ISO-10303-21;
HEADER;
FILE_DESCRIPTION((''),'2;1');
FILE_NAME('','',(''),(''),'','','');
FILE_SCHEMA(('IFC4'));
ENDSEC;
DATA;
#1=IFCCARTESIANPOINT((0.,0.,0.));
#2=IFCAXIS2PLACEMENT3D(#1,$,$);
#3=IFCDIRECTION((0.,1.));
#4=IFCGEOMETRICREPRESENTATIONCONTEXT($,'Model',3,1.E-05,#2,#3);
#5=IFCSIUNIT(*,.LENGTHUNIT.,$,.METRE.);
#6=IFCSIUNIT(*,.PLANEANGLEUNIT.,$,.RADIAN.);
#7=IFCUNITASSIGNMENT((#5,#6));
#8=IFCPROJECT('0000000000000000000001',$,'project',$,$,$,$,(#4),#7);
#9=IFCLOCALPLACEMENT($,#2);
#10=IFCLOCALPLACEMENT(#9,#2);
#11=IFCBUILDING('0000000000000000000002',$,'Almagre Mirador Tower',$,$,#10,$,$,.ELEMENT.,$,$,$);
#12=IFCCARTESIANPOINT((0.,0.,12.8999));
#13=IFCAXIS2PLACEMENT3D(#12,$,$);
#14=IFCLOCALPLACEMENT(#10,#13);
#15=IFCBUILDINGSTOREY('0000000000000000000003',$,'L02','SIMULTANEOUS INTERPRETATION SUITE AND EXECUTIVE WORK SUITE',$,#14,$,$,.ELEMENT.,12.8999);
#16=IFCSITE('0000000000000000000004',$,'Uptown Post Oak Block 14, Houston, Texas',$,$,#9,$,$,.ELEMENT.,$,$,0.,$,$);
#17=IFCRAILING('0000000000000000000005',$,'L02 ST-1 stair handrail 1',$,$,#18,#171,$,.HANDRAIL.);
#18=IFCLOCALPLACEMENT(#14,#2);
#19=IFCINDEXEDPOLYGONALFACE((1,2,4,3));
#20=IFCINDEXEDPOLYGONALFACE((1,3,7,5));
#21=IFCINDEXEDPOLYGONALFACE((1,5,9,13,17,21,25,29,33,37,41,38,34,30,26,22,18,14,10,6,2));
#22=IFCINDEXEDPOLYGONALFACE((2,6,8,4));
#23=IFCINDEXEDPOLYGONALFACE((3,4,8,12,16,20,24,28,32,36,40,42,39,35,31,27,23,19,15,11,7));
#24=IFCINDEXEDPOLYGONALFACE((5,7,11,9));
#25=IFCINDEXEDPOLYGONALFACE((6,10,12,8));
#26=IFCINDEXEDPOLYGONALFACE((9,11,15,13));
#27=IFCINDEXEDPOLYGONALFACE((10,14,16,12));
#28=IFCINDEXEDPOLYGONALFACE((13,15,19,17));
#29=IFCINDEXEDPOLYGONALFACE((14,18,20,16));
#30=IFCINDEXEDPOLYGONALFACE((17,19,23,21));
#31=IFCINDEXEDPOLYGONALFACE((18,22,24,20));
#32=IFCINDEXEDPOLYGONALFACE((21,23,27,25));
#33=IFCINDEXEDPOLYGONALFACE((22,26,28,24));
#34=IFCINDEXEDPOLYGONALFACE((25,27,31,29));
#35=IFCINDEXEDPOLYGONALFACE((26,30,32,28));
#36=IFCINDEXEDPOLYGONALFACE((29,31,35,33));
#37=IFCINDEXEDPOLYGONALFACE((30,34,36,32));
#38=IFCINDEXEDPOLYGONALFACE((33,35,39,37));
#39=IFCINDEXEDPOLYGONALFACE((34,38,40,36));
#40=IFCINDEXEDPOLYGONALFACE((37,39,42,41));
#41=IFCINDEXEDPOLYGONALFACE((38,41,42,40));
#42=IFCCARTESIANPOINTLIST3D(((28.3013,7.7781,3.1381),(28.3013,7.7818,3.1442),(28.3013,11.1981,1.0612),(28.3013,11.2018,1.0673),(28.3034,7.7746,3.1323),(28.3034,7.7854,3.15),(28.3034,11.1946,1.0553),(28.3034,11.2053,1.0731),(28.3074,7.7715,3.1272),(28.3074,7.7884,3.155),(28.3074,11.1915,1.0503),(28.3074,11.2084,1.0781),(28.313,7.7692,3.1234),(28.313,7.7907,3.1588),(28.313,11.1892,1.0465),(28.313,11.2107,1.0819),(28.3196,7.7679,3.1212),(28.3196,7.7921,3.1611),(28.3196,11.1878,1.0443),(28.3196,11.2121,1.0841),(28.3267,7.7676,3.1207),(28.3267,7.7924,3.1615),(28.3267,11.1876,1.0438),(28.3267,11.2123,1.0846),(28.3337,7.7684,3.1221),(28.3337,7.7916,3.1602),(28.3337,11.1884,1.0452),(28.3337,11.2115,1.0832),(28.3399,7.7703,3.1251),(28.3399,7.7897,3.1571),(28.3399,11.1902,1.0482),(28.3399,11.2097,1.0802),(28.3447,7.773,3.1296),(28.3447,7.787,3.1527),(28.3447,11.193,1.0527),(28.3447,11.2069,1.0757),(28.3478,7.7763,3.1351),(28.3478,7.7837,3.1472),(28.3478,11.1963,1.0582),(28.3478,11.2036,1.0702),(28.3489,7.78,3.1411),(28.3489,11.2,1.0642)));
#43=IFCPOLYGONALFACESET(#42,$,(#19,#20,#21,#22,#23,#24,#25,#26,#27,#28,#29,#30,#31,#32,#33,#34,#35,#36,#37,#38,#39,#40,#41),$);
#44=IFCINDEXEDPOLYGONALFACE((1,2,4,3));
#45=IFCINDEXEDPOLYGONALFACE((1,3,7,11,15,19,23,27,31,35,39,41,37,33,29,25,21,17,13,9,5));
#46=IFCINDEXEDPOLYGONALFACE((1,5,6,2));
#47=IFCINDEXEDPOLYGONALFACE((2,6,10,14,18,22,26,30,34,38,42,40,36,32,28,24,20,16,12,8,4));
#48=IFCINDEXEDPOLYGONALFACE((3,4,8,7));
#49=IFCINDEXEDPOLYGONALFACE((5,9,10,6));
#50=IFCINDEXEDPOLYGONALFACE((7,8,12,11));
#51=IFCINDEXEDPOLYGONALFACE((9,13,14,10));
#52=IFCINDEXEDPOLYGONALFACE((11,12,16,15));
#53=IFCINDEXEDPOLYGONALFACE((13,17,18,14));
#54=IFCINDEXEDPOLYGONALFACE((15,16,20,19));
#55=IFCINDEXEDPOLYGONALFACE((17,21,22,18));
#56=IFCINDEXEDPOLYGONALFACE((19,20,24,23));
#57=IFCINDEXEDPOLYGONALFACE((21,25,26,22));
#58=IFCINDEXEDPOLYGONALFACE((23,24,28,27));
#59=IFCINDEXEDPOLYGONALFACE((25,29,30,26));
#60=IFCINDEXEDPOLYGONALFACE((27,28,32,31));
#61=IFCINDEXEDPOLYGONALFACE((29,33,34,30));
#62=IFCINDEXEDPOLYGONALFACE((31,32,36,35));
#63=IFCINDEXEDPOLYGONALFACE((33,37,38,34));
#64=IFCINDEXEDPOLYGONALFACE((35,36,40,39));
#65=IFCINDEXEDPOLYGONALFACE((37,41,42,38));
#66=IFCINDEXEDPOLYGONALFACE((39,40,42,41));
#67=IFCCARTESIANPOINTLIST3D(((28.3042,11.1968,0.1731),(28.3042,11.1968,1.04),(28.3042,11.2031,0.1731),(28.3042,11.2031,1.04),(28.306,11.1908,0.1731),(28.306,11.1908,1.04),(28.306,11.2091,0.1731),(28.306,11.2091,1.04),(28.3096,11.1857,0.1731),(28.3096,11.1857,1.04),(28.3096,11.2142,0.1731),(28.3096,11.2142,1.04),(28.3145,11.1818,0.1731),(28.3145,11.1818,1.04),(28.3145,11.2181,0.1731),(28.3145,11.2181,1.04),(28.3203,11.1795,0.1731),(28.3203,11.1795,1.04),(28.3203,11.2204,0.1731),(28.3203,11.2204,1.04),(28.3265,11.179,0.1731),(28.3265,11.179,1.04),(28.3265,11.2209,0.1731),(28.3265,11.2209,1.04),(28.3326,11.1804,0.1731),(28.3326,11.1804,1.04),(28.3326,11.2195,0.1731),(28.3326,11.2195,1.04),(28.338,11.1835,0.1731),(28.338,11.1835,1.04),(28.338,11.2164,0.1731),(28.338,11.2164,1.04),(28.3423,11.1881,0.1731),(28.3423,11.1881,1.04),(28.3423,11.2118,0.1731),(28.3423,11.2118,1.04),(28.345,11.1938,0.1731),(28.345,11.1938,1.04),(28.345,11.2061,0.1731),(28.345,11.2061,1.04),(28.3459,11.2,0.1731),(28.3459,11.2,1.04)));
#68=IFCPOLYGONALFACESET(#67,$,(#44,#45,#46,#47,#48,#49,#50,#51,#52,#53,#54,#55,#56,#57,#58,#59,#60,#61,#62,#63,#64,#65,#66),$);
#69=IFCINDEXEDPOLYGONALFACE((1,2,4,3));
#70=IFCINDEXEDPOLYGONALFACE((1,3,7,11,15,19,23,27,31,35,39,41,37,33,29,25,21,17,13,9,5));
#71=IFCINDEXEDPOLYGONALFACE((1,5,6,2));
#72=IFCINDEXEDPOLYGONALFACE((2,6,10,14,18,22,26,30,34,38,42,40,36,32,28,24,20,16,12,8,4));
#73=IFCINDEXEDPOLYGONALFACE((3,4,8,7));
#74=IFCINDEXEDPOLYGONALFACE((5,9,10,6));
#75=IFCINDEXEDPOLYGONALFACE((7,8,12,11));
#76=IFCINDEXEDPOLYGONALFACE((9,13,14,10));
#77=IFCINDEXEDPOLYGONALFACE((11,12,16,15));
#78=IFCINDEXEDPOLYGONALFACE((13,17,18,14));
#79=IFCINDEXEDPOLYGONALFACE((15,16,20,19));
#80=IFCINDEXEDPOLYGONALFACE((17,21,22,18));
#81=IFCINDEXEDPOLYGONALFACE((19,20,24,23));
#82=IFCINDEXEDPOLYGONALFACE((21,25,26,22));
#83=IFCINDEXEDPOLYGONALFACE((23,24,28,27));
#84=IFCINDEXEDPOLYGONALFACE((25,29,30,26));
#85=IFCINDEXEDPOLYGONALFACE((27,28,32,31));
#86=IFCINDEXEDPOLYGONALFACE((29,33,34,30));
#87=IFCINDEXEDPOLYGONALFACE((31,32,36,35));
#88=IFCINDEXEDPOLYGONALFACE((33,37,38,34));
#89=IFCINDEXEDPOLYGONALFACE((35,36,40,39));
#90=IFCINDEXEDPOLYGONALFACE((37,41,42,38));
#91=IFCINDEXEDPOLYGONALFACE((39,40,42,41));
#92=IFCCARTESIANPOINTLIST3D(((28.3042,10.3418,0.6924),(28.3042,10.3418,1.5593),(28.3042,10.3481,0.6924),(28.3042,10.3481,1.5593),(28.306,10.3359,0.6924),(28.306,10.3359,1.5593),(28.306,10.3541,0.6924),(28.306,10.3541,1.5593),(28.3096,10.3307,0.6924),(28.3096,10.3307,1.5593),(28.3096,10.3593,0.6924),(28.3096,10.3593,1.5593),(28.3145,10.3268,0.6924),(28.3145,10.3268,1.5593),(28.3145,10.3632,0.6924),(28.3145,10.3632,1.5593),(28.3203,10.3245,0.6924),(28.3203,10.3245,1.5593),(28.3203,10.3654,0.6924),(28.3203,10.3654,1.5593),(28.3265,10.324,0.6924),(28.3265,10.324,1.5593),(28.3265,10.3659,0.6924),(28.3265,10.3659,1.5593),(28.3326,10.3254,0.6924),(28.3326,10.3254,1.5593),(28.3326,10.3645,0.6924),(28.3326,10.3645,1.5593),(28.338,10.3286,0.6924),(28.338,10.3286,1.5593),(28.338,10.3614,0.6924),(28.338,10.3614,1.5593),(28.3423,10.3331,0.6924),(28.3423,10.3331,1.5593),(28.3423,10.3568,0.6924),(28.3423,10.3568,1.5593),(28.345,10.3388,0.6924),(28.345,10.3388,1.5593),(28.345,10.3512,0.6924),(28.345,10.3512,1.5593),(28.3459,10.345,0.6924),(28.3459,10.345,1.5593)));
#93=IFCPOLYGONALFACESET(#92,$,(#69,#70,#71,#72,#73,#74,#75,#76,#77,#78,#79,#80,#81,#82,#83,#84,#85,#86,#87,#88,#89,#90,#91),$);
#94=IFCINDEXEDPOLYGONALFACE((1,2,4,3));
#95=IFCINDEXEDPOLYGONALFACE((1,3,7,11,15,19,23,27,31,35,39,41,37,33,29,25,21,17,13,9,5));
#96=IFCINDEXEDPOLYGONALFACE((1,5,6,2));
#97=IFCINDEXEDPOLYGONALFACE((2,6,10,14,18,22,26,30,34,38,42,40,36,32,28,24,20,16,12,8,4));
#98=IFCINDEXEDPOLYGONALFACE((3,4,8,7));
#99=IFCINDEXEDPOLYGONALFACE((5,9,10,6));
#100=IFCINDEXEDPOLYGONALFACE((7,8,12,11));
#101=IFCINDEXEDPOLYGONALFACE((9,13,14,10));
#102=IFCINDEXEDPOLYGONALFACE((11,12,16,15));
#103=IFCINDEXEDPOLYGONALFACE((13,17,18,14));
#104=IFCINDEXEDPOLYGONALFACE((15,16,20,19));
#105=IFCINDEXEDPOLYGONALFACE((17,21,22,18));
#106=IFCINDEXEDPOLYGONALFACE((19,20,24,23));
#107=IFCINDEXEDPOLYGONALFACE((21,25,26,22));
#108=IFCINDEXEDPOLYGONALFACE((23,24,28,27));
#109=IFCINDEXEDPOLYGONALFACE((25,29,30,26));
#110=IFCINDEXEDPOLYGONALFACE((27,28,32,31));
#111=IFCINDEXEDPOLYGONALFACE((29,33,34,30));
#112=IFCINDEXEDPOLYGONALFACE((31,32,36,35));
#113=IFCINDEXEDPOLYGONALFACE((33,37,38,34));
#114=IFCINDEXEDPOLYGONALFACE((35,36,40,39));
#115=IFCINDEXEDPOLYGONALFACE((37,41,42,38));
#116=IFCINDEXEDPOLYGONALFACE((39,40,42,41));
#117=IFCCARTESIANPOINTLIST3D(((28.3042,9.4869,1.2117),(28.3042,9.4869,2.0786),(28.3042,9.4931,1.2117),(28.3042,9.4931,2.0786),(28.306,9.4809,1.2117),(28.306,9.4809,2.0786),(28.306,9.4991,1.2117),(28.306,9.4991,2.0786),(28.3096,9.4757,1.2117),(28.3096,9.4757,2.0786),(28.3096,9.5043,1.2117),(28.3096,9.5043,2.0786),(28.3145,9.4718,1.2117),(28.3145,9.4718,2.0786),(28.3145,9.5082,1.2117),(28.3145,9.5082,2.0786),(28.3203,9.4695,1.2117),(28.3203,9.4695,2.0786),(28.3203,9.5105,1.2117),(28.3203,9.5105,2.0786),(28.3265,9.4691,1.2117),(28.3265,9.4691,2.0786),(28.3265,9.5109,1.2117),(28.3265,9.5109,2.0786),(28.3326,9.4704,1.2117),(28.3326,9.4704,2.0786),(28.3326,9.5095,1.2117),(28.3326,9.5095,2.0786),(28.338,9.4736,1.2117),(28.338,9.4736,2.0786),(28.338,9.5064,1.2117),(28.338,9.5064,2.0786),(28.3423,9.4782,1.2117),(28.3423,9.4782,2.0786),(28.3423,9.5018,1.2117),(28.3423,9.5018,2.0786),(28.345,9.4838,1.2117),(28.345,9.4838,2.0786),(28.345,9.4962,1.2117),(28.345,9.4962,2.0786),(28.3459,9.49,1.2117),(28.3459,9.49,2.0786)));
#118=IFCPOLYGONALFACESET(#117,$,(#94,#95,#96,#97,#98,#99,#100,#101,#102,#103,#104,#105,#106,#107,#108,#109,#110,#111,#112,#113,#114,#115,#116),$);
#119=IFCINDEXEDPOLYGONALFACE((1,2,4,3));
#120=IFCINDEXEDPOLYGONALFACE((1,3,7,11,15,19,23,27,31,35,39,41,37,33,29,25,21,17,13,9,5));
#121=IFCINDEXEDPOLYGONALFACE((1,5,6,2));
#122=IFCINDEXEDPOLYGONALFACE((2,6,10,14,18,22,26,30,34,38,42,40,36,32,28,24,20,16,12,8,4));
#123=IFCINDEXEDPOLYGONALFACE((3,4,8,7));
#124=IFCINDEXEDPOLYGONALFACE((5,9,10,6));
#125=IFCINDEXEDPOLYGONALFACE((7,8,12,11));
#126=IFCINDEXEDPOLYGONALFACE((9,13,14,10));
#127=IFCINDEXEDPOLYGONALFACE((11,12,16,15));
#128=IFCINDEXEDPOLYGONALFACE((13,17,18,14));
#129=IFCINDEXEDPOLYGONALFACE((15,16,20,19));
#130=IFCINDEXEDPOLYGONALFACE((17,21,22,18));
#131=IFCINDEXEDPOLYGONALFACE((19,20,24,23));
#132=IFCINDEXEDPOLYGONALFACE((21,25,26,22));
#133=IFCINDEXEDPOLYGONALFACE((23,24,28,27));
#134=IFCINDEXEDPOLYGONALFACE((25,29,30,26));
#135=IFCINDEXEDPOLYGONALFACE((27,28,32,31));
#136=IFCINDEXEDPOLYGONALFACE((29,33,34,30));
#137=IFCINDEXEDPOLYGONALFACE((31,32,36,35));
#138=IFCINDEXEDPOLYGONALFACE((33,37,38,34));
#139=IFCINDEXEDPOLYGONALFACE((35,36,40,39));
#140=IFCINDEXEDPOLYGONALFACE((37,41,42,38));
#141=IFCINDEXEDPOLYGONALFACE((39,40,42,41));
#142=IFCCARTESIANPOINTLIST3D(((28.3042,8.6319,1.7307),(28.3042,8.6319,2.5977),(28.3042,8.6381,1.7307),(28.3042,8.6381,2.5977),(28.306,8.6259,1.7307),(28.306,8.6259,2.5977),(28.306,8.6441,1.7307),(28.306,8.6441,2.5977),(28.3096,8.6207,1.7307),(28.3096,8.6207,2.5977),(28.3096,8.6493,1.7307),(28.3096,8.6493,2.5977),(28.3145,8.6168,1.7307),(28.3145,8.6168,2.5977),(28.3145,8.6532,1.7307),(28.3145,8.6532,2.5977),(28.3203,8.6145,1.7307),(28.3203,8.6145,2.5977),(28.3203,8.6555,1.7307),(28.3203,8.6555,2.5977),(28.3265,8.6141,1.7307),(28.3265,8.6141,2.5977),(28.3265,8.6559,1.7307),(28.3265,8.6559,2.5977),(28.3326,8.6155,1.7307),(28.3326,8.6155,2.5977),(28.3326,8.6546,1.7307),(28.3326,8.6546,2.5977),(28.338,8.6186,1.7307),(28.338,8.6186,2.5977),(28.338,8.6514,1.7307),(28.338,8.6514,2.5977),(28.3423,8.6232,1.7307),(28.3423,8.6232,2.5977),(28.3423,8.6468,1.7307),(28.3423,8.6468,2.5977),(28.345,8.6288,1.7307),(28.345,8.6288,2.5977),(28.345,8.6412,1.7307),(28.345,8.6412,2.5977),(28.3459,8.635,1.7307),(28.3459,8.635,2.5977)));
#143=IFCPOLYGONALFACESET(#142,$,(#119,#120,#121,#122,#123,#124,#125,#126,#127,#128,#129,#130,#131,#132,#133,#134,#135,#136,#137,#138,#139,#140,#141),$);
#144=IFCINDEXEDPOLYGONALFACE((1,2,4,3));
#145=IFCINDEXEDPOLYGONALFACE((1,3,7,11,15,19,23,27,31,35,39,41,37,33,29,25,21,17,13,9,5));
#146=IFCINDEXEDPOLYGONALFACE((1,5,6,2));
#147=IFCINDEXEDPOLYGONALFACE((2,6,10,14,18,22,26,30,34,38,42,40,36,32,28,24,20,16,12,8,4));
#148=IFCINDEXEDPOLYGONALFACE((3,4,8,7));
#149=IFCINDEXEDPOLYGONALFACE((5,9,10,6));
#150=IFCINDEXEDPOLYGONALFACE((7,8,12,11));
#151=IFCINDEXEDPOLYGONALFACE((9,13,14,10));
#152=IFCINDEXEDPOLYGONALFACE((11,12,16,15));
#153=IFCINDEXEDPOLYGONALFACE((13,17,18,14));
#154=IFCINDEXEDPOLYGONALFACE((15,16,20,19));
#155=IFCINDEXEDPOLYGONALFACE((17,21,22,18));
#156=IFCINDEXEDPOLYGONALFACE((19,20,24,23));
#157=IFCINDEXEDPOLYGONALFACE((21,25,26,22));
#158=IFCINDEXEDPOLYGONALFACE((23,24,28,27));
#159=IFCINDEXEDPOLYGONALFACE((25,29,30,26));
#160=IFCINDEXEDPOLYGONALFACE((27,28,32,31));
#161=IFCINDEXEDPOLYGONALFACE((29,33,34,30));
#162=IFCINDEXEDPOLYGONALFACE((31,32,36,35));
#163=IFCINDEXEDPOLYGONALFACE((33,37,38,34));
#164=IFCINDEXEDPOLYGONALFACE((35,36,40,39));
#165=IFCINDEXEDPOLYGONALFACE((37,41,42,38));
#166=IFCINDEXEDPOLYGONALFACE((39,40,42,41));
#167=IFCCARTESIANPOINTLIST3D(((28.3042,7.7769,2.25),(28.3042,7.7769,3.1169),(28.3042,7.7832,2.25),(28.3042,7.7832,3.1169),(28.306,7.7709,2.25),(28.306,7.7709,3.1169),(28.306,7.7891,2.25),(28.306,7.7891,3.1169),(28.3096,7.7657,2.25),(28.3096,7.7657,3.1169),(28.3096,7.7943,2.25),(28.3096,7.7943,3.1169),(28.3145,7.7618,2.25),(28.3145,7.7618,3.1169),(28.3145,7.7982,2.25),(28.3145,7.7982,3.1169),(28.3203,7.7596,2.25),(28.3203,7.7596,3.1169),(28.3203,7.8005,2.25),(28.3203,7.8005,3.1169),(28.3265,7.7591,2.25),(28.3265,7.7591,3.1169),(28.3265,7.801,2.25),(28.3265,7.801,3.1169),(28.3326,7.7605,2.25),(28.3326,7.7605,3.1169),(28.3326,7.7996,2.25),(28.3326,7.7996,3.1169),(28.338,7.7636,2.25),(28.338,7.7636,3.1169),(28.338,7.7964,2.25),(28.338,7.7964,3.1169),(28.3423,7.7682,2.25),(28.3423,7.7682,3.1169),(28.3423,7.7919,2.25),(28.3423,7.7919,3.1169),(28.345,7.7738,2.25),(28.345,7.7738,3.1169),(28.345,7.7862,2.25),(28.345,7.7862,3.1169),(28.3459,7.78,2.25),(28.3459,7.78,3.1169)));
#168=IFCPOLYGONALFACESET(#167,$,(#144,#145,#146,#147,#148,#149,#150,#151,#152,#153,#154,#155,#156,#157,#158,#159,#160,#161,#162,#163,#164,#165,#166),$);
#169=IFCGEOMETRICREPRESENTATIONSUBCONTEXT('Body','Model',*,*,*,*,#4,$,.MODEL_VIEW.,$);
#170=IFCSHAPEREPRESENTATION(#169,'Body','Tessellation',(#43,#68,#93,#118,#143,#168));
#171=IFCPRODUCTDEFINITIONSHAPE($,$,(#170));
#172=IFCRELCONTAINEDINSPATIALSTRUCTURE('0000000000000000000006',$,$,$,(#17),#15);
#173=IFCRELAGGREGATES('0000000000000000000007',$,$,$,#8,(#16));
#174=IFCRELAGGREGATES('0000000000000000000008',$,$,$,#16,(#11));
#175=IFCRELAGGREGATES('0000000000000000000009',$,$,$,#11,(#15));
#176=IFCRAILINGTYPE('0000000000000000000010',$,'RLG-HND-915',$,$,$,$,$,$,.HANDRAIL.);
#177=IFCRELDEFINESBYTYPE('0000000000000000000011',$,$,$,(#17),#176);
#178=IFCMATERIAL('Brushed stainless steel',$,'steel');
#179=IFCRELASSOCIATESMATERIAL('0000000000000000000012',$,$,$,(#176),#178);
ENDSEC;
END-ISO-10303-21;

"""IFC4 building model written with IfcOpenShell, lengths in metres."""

from ifc_helpers import new_model, si_unit, direction, frame, origin, origin_2d, place, context, subcontext, project, spatial, circle, extrude, material, type_object, element, save


model = new_model("IFC4")

# Units and contexts
model_context = context("Model", 3, precision=1e-05, world=origin(), true_north=direction((0.0, 1.0)))
body_context = subcontext(model_context, "Body", "Model", "MODEL_VIEW")
ifc_project = project(units=[si_unit("LENGTHUNIT", "METRE"), si_unit("PLANEANGLEUNIT", "RADIAN")], contexts=[model_context])

# Site, building, storey
site_placement = place(None, origin())
site = spatial("IfcSite", under=ifc_project, at=site_placement, Name="Uptown Post Oak Block 14, Houston, Texas", CompositionType="ELEMENT", RefElevation=0.0)
building_placement = place(site_placement, origin())
building = spatial("IfcBuilding", under=site, at=building_placement, Name="Almagre Mirador Tower", CompositionType="ELEMENT")
storey_placement = place(building_placement, frame((0.0, 0.0, 12.8999)))
storey = spatial("IfcBuildingStorey", under=building, at=storey_placement, Name="L02", Description="SIMULTANEOUS INTERPRETATION SUITE AND EXECUTIVE WORK SUITE", CompositionType="ELEMENT", Elevation=12.8999)

# Railing
ifc_material_1 = material(Name="Brushed stainless steel", Category="steel")
railing_type_1 = type_object("IfcRailingType", Name="RLG-HND-915", PredefinedType="HANDRAIL", material=ifc_material_1)
railing_1_placement = place(storey_placement, frame((28.325, 11.2, 0.1731)))
element("IfcRailing", 1, at=railing_1_placement, inside=storey, type_object=railing_type_1, Name="L02 ST-1 stair handrail 1", PredefinedType="HANDRAIL", context=body_context, shape_type="SweptSolid", body=[
    extrude(circle(Radius=0.0239, at=origin_2d()), frame((0.0, 0.0, 0.8911), z_axis=(0.0, -0.85473, 0.519074), x_axis=(1.0, 0.0, 0.0)), (0.0, 0.0, 1.0), 4.0012),
    extrude(circle(Radius=0.021, at=origin_2d()), origin(), (0.0, 0.0, 1.0), 0.8669),
    extrude(circle(Radius=0.021, at=origin_2d()), frame((0.0, -0.855, 0.5193)), (0.0, 0.0, 1.0), 0.8669),
    extrude(circle(Radius=0.021, at=origin_2d()), frame((0.0, -1.71, 1.0386)), (0.0, 0.0, 1.0), 0.8669),
    extrude(circle(Radius=0.021, at=origin_2d()), frame((0.0, -2.5649, 1.5576)), (0.0, 0.0, 1.0), 0.8669),
    extrude(circle(Radius=0.021, at=origin_2d()), frame((0.0, -3.4199, 2.0769)), (0.0, 0.0, 1.0), 0.8669),
])

save(model, "model.ifc")
